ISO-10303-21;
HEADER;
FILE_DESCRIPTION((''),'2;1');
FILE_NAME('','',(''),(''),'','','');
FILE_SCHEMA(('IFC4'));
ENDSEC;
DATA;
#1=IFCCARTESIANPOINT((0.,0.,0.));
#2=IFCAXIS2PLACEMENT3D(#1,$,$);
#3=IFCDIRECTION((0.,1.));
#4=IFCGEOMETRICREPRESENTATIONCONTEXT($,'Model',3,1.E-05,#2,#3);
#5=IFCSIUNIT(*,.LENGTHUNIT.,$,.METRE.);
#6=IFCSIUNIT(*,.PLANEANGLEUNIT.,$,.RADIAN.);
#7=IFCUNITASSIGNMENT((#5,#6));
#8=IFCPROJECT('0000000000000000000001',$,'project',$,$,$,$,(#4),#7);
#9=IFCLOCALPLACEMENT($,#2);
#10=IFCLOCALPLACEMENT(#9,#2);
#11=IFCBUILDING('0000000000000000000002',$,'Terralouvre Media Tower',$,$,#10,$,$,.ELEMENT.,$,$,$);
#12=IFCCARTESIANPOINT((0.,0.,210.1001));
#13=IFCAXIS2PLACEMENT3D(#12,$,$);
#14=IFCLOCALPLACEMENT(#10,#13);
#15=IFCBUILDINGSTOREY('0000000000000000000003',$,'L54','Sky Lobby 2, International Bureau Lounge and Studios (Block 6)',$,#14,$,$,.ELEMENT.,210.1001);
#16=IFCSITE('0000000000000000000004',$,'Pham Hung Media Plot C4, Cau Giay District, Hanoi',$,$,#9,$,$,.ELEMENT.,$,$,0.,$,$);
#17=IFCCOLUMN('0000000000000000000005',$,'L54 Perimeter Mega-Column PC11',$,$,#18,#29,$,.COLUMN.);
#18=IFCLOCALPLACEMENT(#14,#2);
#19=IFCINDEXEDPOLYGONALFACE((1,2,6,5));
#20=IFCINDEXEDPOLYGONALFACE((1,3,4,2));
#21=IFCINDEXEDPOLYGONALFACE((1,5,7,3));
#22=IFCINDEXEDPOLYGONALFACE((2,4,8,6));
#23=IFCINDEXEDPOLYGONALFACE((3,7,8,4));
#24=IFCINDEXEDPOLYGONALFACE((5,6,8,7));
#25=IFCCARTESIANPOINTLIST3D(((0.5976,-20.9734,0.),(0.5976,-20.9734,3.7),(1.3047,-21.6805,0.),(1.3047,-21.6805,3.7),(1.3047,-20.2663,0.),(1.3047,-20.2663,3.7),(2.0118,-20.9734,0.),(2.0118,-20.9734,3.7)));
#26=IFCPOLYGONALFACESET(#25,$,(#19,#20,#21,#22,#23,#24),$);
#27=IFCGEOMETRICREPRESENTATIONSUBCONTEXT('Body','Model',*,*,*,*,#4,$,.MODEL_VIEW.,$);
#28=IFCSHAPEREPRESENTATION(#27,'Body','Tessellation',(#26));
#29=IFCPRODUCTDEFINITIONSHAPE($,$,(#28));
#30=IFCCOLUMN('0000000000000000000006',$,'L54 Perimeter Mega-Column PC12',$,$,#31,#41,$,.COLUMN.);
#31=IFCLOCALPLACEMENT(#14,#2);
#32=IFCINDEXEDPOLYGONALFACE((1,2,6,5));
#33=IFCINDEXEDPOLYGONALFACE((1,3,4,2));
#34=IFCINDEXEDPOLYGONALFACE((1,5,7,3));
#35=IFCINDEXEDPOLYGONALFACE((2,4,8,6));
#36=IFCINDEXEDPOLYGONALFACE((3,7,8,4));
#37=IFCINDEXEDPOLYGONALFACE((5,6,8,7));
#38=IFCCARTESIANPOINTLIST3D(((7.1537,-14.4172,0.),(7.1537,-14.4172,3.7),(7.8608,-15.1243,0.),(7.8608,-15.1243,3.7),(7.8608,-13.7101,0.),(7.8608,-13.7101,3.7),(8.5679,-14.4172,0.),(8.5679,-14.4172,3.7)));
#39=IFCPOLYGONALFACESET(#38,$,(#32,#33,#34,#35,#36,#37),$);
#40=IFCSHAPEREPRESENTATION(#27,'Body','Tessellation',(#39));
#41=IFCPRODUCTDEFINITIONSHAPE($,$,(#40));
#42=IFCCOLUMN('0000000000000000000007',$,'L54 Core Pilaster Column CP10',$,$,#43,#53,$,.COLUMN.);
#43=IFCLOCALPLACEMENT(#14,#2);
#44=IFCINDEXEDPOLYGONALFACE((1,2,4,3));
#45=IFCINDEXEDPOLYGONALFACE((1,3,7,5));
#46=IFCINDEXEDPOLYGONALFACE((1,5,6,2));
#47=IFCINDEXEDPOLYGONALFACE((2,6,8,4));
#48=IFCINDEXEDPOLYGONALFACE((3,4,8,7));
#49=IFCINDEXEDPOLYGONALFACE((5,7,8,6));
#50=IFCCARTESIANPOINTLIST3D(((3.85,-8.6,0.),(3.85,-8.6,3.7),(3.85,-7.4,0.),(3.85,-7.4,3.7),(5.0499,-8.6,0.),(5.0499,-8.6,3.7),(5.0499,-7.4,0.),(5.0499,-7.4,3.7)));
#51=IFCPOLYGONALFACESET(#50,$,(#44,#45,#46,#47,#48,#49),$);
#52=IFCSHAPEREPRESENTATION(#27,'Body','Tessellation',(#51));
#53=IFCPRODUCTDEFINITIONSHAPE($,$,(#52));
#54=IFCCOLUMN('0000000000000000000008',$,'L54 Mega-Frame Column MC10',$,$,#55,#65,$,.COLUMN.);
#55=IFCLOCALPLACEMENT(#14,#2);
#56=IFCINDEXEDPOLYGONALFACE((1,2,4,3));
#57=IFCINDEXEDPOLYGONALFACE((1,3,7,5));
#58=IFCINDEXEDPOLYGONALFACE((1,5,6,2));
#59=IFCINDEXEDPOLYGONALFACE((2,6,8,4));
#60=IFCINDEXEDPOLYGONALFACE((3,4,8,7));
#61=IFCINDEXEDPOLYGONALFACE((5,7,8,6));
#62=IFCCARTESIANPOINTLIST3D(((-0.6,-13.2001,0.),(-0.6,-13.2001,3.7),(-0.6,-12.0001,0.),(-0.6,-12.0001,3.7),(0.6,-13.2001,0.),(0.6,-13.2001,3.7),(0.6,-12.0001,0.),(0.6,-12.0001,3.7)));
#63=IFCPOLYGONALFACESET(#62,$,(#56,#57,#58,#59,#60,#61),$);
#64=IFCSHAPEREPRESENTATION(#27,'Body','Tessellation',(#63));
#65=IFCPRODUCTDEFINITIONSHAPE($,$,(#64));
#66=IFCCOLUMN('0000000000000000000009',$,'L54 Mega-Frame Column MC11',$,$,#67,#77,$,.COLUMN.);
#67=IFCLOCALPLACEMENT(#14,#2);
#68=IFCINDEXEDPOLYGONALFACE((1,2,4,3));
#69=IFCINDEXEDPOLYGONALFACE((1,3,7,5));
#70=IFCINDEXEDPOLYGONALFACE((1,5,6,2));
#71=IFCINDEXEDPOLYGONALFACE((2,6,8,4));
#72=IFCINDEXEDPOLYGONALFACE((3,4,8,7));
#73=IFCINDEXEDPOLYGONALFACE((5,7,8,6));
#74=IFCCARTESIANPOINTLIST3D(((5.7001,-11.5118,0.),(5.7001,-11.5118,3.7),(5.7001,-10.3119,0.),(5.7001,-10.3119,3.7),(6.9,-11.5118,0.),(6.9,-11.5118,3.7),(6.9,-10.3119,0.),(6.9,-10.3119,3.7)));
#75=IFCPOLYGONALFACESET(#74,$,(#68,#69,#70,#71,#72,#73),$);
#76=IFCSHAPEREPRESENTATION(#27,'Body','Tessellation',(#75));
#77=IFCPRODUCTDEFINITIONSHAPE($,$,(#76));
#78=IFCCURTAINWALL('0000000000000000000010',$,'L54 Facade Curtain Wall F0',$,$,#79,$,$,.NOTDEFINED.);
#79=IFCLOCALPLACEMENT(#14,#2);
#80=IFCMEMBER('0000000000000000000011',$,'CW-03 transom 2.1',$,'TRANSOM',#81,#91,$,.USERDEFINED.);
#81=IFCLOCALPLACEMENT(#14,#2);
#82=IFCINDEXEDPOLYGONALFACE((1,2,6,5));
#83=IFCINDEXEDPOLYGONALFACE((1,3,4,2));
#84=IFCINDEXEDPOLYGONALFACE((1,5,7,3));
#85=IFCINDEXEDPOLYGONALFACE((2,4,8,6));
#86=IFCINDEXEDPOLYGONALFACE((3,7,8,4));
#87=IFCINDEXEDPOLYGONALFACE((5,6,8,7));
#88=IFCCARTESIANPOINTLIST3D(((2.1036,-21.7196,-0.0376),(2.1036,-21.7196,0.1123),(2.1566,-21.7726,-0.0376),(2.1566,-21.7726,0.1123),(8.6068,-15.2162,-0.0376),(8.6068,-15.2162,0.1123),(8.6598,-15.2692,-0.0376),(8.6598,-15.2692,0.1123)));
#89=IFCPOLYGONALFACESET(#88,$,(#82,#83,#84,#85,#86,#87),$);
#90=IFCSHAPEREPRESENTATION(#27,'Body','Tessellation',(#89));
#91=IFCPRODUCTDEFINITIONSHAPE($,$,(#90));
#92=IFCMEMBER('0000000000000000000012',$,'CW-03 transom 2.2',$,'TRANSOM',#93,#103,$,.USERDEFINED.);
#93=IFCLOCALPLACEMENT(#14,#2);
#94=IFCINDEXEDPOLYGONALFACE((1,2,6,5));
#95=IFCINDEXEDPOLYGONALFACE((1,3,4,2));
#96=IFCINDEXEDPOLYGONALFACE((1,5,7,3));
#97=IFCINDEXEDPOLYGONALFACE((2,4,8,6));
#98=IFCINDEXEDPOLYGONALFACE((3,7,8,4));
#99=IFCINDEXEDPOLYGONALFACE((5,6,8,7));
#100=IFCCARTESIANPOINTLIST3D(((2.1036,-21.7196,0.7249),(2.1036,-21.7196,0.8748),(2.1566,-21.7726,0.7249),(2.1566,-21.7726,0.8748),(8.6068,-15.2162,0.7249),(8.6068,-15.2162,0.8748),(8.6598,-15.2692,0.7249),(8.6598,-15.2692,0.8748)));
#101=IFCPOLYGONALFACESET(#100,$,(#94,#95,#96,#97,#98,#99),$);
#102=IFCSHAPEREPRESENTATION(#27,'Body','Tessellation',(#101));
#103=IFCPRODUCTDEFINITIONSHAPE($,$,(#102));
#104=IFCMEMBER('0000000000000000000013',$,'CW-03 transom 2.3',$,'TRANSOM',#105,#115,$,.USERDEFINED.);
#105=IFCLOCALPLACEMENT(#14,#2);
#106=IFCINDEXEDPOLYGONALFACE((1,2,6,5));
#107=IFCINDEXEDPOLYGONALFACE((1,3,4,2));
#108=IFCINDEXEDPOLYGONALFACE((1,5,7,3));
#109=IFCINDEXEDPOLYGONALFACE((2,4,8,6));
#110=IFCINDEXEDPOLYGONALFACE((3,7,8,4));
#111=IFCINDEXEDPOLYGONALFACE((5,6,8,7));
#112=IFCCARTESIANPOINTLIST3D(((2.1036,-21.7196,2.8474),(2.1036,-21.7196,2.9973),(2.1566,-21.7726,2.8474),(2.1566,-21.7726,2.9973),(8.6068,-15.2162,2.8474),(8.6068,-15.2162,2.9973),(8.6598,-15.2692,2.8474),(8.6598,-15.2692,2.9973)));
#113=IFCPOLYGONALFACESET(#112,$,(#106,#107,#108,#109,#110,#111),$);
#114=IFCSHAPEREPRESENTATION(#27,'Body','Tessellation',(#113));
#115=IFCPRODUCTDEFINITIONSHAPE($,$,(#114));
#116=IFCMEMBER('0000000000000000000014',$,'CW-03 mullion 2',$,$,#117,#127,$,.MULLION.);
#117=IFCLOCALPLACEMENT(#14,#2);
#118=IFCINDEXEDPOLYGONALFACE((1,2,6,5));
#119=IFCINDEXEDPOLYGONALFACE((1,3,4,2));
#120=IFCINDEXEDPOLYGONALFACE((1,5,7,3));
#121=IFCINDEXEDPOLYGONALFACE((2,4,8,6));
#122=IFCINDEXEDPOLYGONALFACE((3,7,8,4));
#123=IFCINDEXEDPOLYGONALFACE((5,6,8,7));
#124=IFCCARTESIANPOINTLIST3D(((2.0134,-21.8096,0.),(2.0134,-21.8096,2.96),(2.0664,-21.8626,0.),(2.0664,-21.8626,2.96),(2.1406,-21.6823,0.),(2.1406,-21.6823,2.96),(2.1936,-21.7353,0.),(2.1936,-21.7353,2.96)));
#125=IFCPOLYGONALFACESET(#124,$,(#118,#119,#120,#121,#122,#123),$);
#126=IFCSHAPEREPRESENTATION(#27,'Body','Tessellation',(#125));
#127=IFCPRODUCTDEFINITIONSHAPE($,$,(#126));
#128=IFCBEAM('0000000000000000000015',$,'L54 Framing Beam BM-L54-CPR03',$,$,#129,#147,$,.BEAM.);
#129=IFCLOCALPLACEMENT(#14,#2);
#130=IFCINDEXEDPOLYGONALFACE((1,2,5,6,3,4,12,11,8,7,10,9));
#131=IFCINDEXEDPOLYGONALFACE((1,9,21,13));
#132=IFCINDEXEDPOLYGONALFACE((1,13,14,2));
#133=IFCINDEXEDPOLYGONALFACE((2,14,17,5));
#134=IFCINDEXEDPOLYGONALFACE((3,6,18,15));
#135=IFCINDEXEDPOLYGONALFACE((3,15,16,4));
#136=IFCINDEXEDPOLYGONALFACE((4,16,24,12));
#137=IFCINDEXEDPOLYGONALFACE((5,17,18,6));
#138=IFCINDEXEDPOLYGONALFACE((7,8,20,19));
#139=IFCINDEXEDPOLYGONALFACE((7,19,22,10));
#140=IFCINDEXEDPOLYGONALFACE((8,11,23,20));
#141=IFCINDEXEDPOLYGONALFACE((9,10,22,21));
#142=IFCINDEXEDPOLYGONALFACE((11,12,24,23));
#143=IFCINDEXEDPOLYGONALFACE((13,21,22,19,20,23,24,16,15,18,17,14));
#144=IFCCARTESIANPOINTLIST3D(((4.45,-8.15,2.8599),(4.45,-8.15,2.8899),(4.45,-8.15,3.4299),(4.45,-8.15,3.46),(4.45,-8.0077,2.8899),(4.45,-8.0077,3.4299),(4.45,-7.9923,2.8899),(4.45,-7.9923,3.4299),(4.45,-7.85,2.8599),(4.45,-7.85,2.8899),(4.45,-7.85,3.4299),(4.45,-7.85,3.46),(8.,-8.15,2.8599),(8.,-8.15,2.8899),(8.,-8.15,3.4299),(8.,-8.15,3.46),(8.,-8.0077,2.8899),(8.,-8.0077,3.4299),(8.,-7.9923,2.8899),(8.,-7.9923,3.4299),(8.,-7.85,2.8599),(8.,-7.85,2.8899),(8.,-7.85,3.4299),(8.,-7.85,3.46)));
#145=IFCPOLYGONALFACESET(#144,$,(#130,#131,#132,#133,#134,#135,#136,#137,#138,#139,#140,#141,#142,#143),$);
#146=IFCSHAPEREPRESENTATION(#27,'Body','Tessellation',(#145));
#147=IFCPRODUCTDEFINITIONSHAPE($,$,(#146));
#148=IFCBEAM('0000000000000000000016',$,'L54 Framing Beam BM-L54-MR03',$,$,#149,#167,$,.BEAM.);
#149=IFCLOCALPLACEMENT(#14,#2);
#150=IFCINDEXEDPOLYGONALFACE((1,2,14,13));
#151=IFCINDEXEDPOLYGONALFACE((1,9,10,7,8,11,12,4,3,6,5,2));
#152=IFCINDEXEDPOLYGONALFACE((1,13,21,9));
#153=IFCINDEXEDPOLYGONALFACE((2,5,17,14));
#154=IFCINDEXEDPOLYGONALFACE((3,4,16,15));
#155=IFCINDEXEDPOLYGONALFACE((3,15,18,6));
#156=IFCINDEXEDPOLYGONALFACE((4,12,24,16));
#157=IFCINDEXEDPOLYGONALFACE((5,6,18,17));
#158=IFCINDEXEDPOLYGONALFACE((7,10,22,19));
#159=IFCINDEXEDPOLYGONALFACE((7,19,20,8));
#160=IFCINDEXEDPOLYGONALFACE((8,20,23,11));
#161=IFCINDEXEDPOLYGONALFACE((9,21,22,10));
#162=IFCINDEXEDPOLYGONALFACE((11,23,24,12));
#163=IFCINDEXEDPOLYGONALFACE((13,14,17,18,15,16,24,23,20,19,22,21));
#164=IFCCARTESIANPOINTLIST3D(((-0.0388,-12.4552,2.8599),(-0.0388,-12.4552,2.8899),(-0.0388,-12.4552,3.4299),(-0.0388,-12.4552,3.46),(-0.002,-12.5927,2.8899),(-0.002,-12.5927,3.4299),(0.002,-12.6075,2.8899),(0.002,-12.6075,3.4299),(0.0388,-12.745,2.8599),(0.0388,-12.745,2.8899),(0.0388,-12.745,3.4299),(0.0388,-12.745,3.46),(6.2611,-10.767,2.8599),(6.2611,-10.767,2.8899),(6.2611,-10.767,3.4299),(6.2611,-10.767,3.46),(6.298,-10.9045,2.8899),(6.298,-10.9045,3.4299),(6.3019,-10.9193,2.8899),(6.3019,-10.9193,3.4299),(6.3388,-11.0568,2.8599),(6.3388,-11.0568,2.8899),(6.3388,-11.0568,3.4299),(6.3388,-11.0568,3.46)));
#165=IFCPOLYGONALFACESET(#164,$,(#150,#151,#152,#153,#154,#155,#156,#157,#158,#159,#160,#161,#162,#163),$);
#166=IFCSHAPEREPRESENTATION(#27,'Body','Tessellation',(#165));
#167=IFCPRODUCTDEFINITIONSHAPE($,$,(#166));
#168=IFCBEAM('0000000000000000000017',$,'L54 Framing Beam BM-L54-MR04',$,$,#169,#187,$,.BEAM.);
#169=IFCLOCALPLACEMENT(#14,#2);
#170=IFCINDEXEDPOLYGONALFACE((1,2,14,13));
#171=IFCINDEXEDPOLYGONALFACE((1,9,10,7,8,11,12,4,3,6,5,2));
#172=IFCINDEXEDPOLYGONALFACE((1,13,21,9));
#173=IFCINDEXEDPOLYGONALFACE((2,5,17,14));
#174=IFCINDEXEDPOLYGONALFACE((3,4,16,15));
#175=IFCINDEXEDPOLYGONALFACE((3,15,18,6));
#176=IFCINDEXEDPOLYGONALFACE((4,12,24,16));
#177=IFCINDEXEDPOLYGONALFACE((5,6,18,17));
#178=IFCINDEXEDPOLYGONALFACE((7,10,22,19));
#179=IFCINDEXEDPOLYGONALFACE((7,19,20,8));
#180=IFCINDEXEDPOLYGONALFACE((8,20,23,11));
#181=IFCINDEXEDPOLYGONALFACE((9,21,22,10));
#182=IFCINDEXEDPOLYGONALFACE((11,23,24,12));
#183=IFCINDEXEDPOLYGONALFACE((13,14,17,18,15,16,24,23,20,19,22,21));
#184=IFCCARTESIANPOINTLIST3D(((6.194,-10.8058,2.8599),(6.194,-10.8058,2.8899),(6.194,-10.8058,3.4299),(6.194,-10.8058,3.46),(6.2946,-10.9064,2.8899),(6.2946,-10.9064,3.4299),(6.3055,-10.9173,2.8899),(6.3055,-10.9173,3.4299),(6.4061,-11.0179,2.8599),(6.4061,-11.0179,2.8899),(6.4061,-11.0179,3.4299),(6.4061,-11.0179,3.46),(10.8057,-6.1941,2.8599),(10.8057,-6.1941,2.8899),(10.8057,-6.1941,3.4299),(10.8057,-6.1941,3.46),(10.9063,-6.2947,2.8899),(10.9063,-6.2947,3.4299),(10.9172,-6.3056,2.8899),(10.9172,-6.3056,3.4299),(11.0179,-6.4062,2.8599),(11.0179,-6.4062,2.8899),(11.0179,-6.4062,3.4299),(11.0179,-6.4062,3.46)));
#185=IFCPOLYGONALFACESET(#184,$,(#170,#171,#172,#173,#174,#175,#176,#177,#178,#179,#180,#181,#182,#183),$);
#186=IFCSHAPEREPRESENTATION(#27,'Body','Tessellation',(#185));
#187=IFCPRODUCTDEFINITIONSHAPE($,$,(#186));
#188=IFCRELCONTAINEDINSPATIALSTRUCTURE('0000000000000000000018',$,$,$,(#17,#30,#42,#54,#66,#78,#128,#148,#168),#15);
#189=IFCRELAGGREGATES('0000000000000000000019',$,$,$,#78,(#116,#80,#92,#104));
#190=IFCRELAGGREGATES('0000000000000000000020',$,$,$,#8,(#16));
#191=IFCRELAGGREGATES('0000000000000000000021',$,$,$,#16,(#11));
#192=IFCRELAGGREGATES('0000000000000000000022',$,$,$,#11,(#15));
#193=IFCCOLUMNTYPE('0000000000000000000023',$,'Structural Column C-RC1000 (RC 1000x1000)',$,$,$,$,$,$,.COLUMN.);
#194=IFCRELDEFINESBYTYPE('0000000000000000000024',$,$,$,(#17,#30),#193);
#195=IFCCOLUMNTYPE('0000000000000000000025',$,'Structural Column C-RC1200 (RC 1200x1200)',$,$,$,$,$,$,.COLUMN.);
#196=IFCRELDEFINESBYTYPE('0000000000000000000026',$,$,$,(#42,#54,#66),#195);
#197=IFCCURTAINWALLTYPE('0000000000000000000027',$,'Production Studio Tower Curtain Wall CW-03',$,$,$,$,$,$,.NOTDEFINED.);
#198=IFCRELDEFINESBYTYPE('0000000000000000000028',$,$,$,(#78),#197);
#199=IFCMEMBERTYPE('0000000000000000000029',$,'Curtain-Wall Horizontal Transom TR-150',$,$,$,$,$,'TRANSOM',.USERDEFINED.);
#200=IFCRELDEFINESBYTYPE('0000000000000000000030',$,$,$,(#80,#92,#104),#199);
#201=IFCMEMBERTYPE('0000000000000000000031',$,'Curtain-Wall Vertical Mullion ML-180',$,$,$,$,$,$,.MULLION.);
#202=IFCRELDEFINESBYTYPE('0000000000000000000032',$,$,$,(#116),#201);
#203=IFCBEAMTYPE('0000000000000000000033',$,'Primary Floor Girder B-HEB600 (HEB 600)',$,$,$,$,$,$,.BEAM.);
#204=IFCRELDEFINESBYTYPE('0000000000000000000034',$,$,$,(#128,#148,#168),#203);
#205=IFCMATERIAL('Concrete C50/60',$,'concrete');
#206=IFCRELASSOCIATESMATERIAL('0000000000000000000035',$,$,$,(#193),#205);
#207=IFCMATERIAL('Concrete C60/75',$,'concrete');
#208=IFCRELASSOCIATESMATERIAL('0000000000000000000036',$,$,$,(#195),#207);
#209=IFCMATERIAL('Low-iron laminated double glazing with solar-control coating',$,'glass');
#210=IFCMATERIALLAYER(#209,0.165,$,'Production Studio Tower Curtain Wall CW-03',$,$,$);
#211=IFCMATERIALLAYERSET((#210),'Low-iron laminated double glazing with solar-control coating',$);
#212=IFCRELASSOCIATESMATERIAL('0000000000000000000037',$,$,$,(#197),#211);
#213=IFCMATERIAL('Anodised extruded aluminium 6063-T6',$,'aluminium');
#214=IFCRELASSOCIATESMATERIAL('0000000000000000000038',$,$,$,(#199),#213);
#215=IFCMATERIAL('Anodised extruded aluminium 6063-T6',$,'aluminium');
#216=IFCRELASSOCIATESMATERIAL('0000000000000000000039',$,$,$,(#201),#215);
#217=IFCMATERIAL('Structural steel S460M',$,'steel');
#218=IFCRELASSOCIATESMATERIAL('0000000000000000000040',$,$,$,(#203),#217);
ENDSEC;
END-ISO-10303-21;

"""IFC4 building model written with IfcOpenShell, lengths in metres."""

from ifc_helpers import new_model, si_unit, direction, frame, origin, origin_2d, place, context, subcontext, project, spatial, rectangle, i_section, extrude, material, layer, layer_set, material_profile, profile_set, type_object, element, aggregate, save


model = new_model("IFC4")

# Units and contexts
model_context = context("Model", 3, precision=1e-05, world=origin(), true_north=direction((0.0, 1.0)))
body_context = subcontext(model_context, "Body", "Model", "MODEL_VIEW")
ifc_project = project(units=[si_unit("LENGTHUNIT", "METRE"), si_unit("PLANEANGLEUNIT", "RADIAN")], contexts=[model_context])

# Site, building, storey
site_placement = place(None, origin())
site = spatial("IfcSite", under=ifc_project, at=site_placement, Name="Pham Hung Media Plot C4, Cau Giay District, Hanoi", CompositionType="ELEMENT", RefElevation=0.0)
building_placement = place(site_placement, origin())
building = spatial("IfcBuilding", under=site, at=building_placement, Name="Terralouvre Media Tower", CompositionType="ELEMENT")
storey_placement = place(building_placement, frame((0.0, 0.0, 210.1001)))
storey = spatial("IfcBuildingStorey", under=building, at=storey_placement, Name="L54", Description="Sky Lobby 2, International Bureau Lounge and Studios (Block 6)", CompositionType="ELEMENT", Elevation=210.1001)

# Columns
ifc_material_1 = material(Name="Concrete C50/60", Category="concrete")
ifc_material_profile_1 = material_profile(ifc_material_1, rectangle(XDim=1.0, YDim=1.0, at=origin_2d()), Name="RC 1000x1000")
ifc_profile_set_1 = profile_set([ifc_material_profile_1], Name="Concrete C50/60")
column_type_1 = type_object("IfcColumnType", Name="Structural Column C-RC1000 (RC 1000x1000)", PredefinedType="COLUMN", material=ifc_profile_set_1)
for number, where, z_axis, x_axis, name in (
    (1, (1.3047, -20.9734, 0.0), (0.0, 0.0, 1.0), (0.707107, 0.707107, 0.0), "L54 Perimeter Mega-Column PC11"),
    (2, (7.8608, -14.4172, 0.0), (0.0, 0.0, 1.0), (0.707107, 0.707107, 0.0), "L54 Perimeter Mega-Column PC12"),
):
    element("IfcColumn", number, at=place(storey_placement, frame(where, z_axis=z_axis, x_axis=x_axis)), inside=storey, type_object=column_type_1, Name=name, PredefinedType="COLUMN", context=body_context, shape_type="SweptSolid", body=[
        extrude(rectangle(XDim=1.0, YDim=1.0, at=origin_2d()), origin(), (0.0, 0.0, 1.0), 3.7),
    ])
ifc_material_2 = material(Name="Concrete C60/75", Category="concrete")
ifc_material_profile_2 = material_profile(ifc_material_2, rectangle(XDim=1.2, YDim=1.2, at=origin_2d()), Name="RC 1200x1200")
ifc_profile_set_2 = profile_set([ifc_material_profile_2], Name="Concrete C60/75")
column_type_2 = type_object("IfcColumnType", Name="Structural Column C-RC1200 (RC 1200x1200)", PredefinedType="COLUMN", material=ifc_profile_set_2)
for number, where, z_axis, x_axis, name in (
    (3, (4.45, -8.0, 0.0), (0.0, 0.0, 1.0), (1.0, 0.0, 0.0), "L54 Core Pilaster Column CP10"),
    (4, (0.0, -12.6001, 0.0), (0.0, 0.0, 1.0), (1.0, 0.0, 0.0), "L54 Mega-Frame Column MC10"),
    (5, (6.3, -10.9119, 0.0), (0.0, 0.0, 1.0), (1.0, 0.0, 0.0), "L54 Mega-Frame Column MC11"),
):
    element("IfcColumn", number, at=place(storey_placement, frame(where, z_axis=z_axis, x_axis=x_axis)), inside=storey, type_object=column_type_2, Name=name, PredefinedType="COLUMN", context=body_context, shape_type="SweptSolid", body=[
        extrude(rectangle(XDim=1.2, YDim=1.2, at=origin_2d()), origin(), (0.0, 0.0, 1.0), 3.7),
    ])

# Curtain wall, members
ifc_material_3 = material(Name="Low-iron laminated double glazing with solar-control coating", Category="glass")
ifc_layer_1 = layer(ifc_material_3, 0.165, Name="Production Studio Tower Curtain Wall CW-03")
ifc_layer_set_1 = layer_set([ifc_layer_1], Name="Low-iron laminated double glazing with solar-control coating")
curtain_wall_type = type_object("IfcCurtainWallType", Name="Production Studio Tower Curtain Wall CW-03", PredefinedType="NOTDEFINED", material=ifc_layer_set_1)
curtain_wall_placement = place(storey_placement, origin())
curtain_wall = element("IfcCurtainWall", 6, at=curtain_wall_placement, inside=storey, type_object=curtain_wall_type, Name="L54 Facade Curtain Wall F0", PredefinedType="NOTDEFINED")
ifc_material_4 = material(Name="Anodised extruded aluminium 6063-T6", Category="aluminium")
ifc_material_profile_3 = material_profile(ifc_material_4, rectangle(XDim=0.075, YDim=0.1499, at=origin_2d()), Name="ALU 75x150")
ifc_profile_set_3 = profile_set([ifc_material_profile_3], Name="Anodised extruded aluminium 6063-T6")
member_type_1 = type_object("IfcMemberType", Name="Curtain-Wall Horizontal Transom TR-150", ElementType="TRANSOM", PredefinedType="USERDEFINED", material=ifc_profile_set_3)
member_1_placement = place(storey_placement, frame((2.1301, -21.7461, 0.0374), z_axis=(0.707094, 0.70712, 0.0), x_axis=(-0.70712, 0.707094, 0.0)))
member_1 = element("IfcMember", 7, at=member_1_placement, type_object=member_type_1, Name="CW-03 transom 2.1", ObjectType="TRANSOM", PredefinedType="USERDEFINED", context=body_context, shape_type="SweptSolid", body=[
    extrude(rectangle(XDim=0.075, YDim=0.1499, at=origin_2d()), origin(), (0.0, 0.0, 1.0), 9.197),
])
member_2_placement = place(storey_placement, frame((2.1301, -21.7461, 0.7998), z_axis=(0.707094, 0.70712, 0.0), x_axis=(-0.70712, 0.707094, 0.0)))
member_2 = element("IfcMember", 8, at=member_2_placement, type_object=member_type_1, Name="CW-03 transom 2.2", ObjectType="TRANSOM", PredefinedType="USERDEFINED", context=body_context, shape_type="SweptSolid", body=[
    extrude(rectangle(XDim=0.075, YDim=0.1499, at=origin_2d()), origin(), (0.0, 0.0, 1.0), 9.197),
])
member_3_placement = place(storey_placement, frame((2.1301, -21.7461, 2.9224), z_axis=(0.707094, 0.70712, 0.0), x_axis=(-0.70712, 0.707094, 0.0)))
member_3 = element("IfcMember", 9, at=member_3_placement, type_object=member_type_1, Name="CW-03 transom 2.3", ObjectType="TRANSOM", PredefinedType="USERDEFINED", context=body_context, shape_type="SweptSolid", body=[
    extrude(rectangle(XDim=0.075, YDim=0.1499, at=origin_2d()), origin(), (0.0, 0.0, 1.0), 9.197),
])
ifc_material_5 = material(Name="Anodised extruded aluminium 6063-T6", Category="aluminium")
ifc_material_profile_4 = material_profile(ifc_material_5, rectangle(XDim=0.075, YDim=0.1799, at=origin_2d()), Name="ALU 75x180")
ifc_profile_set_4 = profile_set([ifc_material_profile_4], Name="Anodised extruded aluminium 6063-T6")
member_type_2 = type_object("IfcMemberType", Name="Curtain-Wall Vertical Mullion ML-180", PredefinedType="MULLION", material=ifc_profile_set_4)
member_4_placement = place(storey_placement, frame((2.1035, -21.7725, 0.0), z_axis=(0.0, 0.0, 1.0), x_axis=(-0.707107, 0.707107, 0.0)))
member_4 = element("IfcMember", 10, at=member_4_placement, type_object=member_type_2, Name="CW-03 mullion 2", PredefinedType="MULLION", context=body_context, shape_type="SweptSolid", body=[
    extrude(rectangle(XDim=0.075, YDim=0.1799, at=origin_2d()), origin(), (0.0, 0.0, 1.0), 2.96),
])

# Beams
ifc_material_6 = material(Name="Structural steel S460M", Category="steel")
ifc_material_profile_5 = material_profile(ifc_material_6, i_section(OverallWidth=0.3, OverallDepth=0.6001, WebThickness=0.0154, FlangeThickness=0.03, at=origin_2d()), Name="HEB 600")
ifc_profile_set_5 = profile_set([ifc_material_profile_5], Name="Structural steel S460M")
beam_type_1 = type_object("IfcBeamType", Name="Primary Floor Girder B-HEB600 (HEB 600)", PredefinedType="BEAM", material=ifc_profile_set_5)
beam_1_placement = place(storey_placement, frame((4.45, -8.0, 3.1599), z_axis=(1.0, 0.0, 0.0), x_axis=(0.0, 1.0, 0.0)))
element("IfcBeam", 11, at=beam_1_placement, inside=storey, type_object=beam_type_1, Name="L54 Framing Beam BM-L54-CPR03", PredefinedType="BEAM", context=body_context, shape_type="SweptSolid", body=[
    extrude(i_section(OverallWidth=0.3, OverallDepth=0.6001, WebThickness=0.0154, FlangeThickness=0.03, at=origin_2d()), origin(), (0.0, 0.0, 1.0), 3.55),
])
beam_2_placement = place(storey_placement, frame((0.0, -12.6001, 3.1599), z_axis=(0.96592, 0.258839, 0.0), x_axis=(-0.258839, 0.96592, 0.0)))
element("IfcBeam", 12, at=beam_2_placement, inside=storey, type_object=beam_type_1, Name="L54 Framing Beam BM-L54-MR03", PredefinedType="BEAM", context=body_context, shape_type="SweptSolid", body=[
    extrude(i_section(OverallWidth=0.3, OverallDepth=0.6001, WebThickness=0.0154, FlangeThickness=0.03, at=origin_2d()), origin(), (0.0, 0.0, 1.0), 6.5222),
])
beam_3_placement = place(storey_placement, frame((6.3, -10.9119, 3.1599), z_axis=(0.707107, 0.707107, 0.0), x_axis=(-0.707107, 0.707107, 0.0)))
element("IfcBeam", 13, at=beam_3_placement, inside=storey, type_object=beam_type_1, Name="L54 Framing Beam BM-L54-MR04", PredefinedType="BEAM", context=body_context, shape_type="SweptSolid", body=[
    extrude(i_section(OverallWidth=0.3, OverallDepth=0.6001, WebThickness=0.0154, FlangeThickness=0.03, at=origin_2d()), origin(), (0.0, 0.0, 1.0), 6.522),
])

aggregate(curtain_wall, [member_4, member_1, member_2, member_3])

save(model, "model.ifc")
